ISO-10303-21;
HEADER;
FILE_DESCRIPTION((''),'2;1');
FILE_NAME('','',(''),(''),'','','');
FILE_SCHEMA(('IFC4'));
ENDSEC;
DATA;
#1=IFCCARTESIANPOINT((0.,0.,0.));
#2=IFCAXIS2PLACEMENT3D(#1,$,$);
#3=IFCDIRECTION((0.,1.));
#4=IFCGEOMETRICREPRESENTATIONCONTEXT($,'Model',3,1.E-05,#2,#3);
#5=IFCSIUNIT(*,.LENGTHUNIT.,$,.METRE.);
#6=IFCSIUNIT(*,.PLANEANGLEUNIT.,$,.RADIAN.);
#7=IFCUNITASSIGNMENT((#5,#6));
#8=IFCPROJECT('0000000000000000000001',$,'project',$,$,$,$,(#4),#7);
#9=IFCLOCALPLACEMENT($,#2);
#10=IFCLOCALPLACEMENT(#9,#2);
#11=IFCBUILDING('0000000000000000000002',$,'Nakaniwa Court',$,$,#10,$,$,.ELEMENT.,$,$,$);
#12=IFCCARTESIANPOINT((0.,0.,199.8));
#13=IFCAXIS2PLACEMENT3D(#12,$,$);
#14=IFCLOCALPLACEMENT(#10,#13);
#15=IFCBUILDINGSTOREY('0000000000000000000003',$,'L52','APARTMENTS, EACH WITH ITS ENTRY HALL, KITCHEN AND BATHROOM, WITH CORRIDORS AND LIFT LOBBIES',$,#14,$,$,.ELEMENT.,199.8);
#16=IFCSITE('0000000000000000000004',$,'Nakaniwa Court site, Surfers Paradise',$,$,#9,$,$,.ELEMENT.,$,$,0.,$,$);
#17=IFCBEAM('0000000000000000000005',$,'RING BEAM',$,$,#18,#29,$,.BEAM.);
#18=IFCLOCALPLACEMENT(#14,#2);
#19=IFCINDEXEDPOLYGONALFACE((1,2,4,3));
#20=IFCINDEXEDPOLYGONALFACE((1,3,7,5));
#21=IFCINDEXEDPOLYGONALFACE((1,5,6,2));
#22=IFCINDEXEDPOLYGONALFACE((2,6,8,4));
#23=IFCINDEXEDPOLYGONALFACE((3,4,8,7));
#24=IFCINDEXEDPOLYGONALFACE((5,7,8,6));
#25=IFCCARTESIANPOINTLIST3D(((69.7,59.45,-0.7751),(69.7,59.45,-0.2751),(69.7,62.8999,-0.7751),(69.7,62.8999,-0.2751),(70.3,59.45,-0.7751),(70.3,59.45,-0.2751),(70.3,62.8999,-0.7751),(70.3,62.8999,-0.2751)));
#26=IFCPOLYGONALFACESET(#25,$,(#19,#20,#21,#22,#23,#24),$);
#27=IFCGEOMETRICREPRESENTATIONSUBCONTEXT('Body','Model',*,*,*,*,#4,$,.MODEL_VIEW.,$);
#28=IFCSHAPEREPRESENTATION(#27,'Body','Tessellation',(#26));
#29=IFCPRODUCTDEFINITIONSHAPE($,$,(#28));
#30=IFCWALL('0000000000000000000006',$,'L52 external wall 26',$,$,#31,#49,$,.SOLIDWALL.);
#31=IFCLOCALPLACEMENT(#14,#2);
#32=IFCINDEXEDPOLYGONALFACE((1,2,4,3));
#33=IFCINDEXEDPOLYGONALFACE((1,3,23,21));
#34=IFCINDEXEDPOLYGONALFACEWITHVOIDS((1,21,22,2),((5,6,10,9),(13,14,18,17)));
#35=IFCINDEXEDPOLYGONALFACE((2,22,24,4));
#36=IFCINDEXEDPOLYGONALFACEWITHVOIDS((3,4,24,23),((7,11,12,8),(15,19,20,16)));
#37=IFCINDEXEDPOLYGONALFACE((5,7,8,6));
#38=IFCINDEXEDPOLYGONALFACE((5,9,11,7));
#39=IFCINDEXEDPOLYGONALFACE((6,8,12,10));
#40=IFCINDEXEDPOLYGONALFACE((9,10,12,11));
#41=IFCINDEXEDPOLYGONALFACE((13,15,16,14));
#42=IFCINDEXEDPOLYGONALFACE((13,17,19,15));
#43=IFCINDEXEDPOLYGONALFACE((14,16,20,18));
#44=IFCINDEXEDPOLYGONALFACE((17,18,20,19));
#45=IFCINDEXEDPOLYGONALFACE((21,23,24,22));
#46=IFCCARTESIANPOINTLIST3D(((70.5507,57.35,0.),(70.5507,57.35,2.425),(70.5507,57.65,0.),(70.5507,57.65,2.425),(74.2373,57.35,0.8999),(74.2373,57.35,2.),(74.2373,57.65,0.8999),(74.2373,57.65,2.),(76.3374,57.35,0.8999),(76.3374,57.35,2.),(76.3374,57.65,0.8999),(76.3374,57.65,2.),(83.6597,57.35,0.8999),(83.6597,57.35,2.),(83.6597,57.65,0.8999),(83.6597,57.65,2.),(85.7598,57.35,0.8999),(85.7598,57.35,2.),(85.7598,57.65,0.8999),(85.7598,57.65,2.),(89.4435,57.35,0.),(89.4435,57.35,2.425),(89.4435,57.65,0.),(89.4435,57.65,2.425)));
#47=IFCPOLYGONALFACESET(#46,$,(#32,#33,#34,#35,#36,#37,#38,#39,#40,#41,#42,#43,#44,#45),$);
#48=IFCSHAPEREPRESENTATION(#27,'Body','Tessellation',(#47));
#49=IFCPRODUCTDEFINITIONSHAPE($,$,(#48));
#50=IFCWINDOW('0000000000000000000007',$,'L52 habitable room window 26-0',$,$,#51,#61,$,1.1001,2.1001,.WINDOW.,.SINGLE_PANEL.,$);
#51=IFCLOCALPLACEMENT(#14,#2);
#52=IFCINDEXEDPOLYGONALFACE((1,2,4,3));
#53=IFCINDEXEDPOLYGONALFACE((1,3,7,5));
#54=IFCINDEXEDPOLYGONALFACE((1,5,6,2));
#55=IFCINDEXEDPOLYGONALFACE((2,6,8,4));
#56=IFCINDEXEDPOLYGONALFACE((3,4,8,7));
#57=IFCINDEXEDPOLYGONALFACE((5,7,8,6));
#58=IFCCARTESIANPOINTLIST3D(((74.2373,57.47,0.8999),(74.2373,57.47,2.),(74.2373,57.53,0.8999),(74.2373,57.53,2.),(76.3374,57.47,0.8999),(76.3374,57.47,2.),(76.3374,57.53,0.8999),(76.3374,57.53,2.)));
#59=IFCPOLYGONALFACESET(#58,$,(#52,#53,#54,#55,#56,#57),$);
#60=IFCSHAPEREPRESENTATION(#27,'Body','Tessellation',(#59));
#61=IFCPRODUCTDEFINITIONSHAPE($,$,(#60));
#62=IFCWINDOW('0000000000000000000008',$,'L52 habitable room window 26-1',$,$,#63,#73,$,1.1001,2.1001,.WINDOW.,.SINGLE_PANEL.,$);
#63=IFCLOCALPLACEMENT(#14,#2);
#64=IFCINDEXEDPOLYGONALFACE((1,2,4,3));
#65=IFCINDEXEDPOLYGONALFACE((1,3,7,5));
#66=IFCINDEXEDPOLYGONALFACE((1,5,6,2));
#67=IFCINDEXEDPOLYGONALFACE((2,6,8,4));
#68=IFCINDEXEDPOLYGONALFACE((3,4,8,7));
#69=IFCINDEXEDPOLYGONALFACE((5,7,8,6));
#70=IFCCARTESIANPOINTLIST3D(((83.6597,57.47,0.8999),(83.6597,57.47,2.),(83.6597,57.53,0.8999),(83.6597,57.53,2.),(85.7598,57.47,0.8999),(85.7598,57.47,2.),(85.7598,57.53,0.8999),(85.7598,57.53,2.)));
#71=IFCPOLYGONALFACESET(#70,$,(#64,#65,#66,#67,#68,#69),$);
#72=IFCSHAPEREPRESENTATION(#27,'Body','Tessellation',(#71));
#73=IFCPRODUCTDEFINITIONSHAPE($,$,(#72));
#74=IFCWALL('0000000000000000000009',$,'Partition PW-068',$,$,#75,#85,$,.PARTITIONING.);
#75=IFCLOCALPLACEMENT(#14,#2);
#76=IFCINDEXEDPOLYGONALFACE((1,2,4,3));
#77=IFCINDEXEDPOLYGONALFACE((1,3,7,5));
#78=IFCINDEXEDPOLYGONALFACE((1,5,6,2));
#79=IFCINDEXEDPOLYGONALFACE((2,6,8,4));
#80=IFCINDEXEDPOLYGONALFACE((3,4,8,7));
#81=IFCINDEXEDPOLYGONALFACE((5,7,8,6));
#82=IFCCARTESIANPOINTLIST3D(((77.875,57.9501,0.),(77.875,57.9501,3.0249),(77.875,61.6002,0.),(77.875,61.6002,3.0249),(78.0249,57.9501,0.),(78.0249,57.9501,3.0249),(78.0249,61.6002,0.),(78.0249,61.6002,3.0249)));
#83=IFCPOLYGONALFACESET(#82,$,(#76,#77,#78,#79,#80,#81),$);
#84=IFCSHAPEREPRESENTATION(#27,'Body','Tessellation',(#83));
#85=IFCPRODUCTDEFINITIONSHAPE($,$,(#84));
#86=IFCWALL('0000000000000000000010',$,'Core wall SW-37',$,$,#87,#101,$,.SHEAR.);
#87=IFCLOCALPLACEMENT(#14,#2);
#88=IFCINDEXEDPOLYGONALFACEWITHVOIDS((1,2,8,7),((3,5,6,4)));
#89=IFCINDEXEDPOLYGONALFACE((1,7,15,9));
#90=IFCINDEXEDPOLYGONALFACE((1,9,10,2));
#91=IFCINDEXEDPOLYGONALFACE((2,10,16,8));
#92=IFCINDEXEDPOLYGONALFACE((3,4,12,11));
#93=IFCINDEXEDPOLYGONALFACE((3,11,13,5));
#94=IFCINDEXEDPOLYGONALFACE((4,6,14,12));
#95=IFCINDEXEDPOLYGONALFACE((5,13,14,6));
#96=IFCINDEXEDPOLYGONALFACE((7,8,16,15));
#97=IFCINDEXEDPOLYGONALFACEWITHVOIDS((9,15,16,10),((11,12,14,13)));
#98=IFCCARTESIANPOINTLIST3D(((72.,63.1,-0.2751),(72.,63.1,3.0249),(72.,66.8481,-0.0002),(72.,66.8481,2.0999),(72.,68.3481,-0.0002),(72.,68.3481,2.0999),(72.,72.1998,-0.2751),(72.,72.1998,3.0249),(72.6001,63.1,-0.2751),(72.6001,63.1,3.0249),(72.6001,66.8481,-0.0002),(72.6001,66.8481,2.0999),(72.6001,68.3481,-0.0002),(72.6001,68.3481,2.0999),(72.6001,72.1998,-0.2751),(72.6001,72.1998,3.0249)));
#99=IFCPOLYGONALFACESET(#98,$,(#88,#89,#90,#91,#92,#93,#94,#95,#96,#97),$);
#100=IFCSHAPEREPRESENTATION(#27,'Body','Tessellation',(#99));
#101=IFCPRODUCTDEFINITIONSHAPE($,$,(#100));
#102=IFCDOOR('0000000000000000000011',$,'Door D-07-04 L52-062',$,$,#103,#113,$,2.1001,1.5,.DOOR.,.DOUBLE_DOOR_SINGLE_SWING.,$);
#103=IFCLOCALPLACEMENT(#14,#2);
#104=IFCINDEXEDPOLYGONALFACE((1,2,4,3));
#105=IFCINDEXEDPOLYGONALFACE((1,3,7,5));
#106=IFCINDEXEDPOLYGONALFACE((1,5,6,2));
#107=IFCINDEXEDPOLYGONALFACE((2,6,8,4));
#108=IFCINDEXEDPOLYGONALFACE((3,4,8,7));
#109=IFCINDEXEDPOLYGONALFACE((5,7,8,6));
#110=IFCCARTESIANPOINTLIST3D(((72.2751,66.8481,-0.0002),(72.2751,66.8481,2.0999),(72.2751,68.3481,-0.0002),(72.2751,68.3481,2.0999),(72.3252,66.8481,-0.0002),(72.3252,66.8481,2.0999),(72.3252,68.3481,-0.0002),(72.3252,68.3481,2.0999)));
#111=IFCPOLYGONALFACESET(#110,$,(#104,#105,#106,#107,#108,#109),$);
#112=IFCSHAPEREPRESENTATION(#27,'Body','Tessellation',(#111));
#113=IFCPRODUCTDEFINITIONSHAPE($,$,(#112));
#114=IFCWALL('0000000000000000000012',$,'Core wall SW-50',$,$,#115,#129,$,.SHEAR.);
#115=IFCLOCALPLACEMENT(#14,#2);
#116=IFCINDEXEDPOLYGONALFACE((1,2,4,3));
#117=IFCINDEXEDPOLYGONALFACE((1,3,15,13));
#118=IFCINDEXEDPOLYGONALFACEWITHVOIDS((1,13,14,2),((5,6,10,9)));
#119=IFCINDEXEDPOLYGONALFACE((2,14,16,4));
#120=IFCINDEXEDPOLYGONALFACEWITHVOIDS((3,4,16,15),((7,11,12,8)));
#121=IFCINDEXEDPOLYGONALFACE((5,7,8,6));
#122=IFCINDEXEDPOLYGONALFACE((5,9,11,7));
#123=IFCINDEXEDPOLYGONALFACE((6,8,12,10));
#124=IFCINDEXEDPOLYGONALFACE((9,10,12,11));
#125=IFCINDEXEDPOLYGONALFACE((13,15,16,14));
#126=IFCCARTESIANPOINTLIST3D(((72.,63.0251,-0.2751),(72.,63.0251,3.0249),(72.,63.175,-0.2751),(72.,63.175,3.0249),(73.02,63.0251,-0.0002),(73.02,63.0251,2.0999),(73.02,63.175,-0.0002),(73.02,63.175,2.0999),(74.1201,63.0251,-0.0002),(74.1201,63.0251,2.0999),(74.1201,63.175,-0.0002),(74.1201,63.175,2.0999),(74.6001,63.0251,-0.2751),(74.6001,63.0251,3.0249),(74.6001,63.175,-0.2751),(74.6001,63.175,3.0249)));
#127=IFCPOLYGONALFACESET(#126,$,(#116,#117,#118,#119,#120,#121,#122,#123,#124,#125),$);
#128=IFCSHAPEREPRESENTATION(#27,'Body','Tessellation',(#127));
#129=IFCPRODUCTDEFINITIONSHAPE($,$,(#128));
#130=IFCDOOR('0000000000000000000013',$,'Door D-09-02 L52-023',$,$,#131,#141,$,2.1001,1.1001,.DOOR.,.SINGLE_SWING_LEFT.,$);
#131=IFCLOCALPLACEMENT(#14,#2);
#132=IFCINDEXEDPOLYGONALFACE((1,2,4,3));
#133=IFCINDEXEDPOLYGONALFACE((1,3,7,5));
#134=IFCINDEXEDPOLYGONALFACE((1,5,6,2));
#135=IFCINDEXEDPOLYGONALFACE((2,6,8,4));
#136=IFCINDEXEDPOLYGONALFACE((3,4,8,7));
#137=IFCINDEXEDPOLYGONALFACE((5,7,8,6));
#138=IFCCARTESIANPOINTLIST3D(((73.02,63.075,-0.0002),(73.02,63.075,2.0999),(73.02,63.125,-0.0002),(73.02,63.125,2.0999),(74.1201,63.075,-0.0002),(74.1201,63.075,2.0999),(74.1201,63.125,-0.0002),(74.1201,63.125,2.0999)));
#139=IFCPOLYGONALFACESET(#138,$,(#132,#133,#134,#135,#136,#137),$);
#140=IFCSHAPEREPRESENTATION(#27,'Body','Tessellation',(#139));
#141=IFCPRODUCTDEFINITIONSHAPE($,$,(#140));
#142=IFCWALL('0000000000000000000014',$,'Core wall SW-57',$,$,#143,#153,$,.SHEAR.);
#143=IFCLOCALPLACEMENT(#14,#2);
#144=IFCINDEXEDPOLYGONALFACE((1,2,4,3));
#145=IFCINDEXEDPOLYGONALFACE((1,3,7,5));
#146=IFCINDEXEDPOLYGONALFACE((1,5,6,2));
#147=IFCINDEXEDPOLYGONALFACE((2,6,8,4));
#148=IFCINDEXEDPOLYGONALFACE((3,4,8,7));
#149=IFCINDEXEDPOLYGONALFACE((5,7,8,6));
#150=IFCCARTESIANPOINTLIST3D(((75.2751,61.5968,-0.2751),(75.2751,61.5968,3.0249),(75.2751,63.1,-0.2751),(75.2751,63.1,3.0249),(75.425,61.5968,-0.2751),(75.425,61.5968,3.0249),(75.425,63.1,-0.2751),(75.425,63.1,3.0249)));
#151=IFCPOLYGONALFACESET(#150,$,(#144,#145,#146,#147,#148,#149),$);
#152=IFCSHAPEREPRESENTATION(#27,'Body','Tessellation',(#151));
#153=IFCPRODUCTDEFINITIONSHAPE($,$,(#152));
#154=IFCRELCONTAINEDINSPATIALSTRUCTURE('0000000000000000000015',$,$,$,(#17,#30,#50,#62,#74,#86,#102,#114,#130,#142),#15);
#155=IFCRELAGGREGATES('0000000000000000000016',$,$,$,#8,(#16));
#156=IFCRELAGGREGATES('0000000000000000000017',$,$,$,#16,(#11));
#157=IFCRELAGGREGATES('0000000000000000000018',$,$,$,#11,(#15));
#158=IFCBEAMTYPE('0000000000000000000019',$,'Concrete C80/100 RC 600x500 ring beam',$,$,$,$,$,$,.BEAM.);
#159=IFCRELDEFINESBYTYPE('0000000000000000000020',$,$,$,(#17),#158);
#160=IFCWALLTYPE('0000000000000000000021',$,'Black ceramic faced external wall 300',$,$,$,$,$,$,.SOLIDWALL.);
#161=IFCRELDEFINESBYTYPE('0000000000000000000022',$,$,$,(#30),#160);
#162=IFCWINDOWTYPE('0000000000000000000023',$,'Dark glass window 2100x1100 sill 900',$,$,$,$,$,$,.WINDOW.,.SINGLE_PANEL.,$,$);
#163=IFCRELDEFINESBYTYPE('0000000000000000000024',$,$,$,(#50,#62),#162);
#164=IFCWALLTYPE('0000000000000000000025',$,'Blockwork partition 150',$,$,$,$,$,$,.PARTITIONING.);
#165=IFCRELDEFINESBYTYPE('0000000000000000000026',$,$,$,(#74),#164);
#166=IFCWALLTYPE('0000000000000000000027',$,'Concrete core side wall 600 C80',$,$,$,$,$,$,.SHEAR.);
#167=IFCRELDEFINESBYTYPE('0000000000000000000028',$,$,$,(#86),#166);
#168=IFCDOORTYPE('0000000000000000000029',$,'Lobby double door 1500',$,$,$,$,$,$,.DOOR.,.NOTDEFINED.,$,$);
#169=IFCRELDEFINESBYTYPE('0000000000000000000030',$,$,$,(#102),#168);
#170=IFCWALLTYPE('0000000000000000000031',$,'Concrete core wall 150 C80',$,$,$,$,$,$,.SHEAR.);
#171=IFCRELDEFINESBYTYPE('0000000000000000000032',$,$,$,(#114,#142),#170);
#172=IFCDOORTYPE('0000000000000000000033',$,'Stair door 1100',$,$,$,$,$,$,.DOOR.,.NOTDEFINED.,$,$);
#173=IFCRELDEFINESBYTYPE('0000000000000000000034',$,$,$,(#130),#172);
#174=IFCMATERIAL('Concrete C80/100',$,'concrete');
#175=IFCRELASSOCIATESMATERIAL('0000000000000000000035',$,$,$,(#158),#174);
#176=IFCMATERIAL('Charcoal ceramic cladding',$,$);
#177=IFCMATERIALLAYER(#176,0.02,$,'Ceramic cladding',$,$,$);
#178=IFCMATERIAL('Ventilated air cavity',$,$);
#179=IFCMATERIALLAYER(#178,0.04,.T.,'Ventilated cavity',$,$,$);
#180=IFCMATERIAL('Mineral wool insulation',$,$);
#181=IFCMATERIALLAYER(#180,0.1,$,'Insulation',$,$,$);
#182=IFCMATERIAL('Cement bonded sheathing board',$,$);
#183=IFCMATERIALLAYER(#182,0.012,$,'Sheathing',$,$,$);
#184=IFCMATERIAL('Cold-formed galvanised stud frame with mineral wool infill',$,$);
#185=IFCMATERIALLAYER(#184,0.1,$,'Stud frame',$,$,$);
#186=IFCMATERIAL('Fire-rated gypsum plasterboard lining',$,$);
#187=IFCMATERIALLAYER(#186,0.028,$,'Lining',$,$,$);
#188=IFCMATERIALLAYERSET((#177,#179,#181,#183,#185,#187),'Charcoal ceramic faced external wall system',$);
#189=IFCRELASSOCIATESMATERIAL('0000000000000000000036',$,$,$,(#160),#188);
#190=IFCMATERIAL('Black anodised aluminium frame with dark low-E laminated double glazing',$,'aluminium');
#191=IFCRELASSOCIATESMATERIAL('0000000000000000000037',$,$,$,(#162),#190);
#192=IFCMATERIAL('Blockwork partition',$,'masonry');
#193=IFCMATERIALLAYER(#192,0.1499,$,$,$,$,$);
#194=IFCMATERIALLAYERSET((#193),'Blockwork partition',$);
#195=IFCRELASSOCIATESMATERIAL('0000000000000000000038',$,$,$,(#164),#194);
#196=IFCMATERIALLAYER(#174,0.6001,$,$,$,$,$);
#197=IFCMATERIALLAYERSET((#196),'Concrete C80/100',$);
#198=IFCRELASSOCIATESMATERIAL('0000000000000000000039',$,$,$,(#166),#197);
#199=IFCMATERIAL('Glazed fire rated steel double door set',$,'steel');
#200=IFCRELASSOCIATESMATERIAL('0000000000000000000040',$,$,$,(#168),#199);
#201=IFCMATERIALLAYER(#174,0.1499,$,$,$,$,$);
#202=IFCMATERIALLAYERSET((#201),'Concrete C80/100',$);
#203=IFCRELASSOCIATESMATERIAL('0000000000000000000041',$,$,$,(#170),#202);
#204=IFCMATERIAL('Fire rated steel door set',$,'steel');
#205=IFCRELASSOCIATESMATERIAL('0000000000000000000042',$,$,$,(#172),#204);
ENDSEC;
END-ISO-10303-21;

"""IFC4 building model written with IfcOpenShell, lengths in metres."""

from ifc_helpers import new_model, si_unit, direction, frame, frame_2d, origin, origin_2d, place, context, subcontext, project, spatial, rectangle, extrude, material, layer, layer_set, material_profile, profile_set, type_object, element, fill, save


model = new_model("IFC4")

# Units and contexts
model_context = context("Model", 3, precision=1e-05, world=origin(), true_north=direction((0.0, 1.0)))
body_context = subcontext(model_context, "Body", "Model", "MODEL_VIEW")
ifc_project = project(units=[si_unit("LENGTHUNIT", "METRE"), si_unit("PLANEANGLEUNIT", "RADIAN")], contexts=[model_context])

# Site, building, storey
site_placement = place(None, origin())
site = spatial("IfcSite", under=ifc_project, at=site_placement, Name="Nakaniwa Court site, Surfers Paradise", CompositionType="ELEMENT", RefElevation=0.0)
building_placement = place(site_placement, origin())
building = spatial("IfcBuilding", under=site, at=building_placement, Name="Nakaniwa Court", CompositionType="ELEMENT")
storey_placement = place(building_placement, frame((0.0, 0.0, 199.8)))
storey = spatial("IfcBuildingStorey", under=building, at=storey_placement, Name="L52", Description="APARTMENTS, EACH WITH ITS ENTRY HALL, KITCHEN AND BATHROOM, WITH CORRIDORS AND LIFT LOBBIES", CompositionType="ELEMENT", Elevation=199.8)

# Beam
ifc_material_1 = material(Name="Concrete C80/100", Category="concrete")
ifc_material_profile_1 = material_profile(ifc_material_1, rectangle(XDim=0.6001, YDim=0.5, at=origin_2d()), Name="Concrete C80/100 RC 600x500 ring beam")
ifc_profile_set_1 = profile_set([ifc_material_profile_1], Name="Concrete C80/100")
beam_type = type_object("IfcBeamType", Name="Concrete C80/100 RC 600x500 ring beam", PredefinedType="BEAM", material=ifc_profile_set_1)
beam_placement = place(storey_placement, frame((70.0, 62.8999, -0.5251), z_axis=(0.0, -1.0, 0.0), x_axis=(1.0, 0.0, 0.0)))
element("IfcBeam", 1, at=beam_placement, inside=storey, type_object=beam_type, Name="RING BEAM", PredefinedType="BEAM", context=body_context, shape_type="SweptSolid", body=[
    extrude(rectangle(XDim=0.6001, YDim=0.5, at=origin_2d()), origin(), (0.0, 0.0, 1.0), 3.45),
])

# Wall, openings, windows
ifc_material_2 = material(Name="Charcoal ceramic cladding")
ifc_layer_1 = layer(ifc_material_2, 0.02, Name="Ceramic cladding")
ifc_material_3 = material(Name="Ventilated air cavity")
ifc_layer_2 = layer(ifc_material_3, 0.04, ventilated=True, Name="Ventilated cavity")
ifc_material_4 = material(Name="Mineral wool insulation")
ifc_layer_3 = layer(ifc_material_4, 0.1, Name="Insulation")
ifc_material_5 = material(Name="Cement bonded sheathing board")
ifc_layer_4 = layer(ifc_material_5, 0.012, Name="Sheathing")
ifc_material_6 = material(Name="Cold-formed galvanised stud frame with mineral wool infill")
ifc_layer_5 = layer(ifc_material_6, 0.1, Name="Stud frame")
ifc_material_7 = material(Name="Fire-rated gypsum plasterboard lining")
ifc_layer_6 = layer(ifc_material_7, 0.028, Name="Lining")
ifc_layer_set_1 = layer_set([ifc_layer_1, ifc_layer_2, ifc_layer_3, ifc_layer_4, ifc_layer_5, ifc_layer_6], Name="Charcoal ceramic faced external wall system")
wall_type_1 = type_object("IfcWallType", Name="Black ceramic faced external wall 300", PredefinedType="SOLIDWALL", material=ifc_layer_set_1)
wall_1_placement = place(storey_placement, frame((70.5508, 57.5, 0.0), z_axis=(0.0, 0.0, 1.0), x_axis=(1.0, 0.0, 0.0)))
wall_1 = element("IfcWall", 2, at=wall_1_placement, inside=storey, type_object=wall_type_1, Name="L52 external wall 26", PredefinedType="SOLIDWALL", context=body_context, shape_type="SweptSolid", body=[
    extrude(rectangle(XDim=18.8928, YDim=0.3, at=frame_2d((9.4463, 0.0))), origin(), (0.0, 0.0, 1.0), 2.425),
])
opening_1_placement = place(wall_1_placement, frame((3.6865, 0.0, 0.8999)))
opening_1 = element("IfcOpeningElement", 3, at=opening_1_placement, cuts=wall_1, PredefinedType="OPENING", context=body_context, shape_type="SweptSolid", body=[
    extrude(rectangle(XDim=2.1001, YDim=1.1001, at=frame_2d((1.05, 0.55))), frame((0.0, 0.1599, 0.0), z_axis=(0.0, -1.0, 0.0), x_axis=(1.0, 0.0, 0.0)), (0.0, 0.0, 1.0), 0.3201),
])
opening_2_placement = place(wall_1_placement, frame((13.1089, 0.0, 0.8999)))
opening_2 = element("IfcOpeningElement", 4, at=opening_2_placement, cuts=wall_1, PredefinedType="OPENING", context=body_context, shape_type="SweptSolid", body=[
    extrude(rectangle(XDim=2.1001, YDim=1.1001, at=frame_2d((1.05, 0.55))), frame((0.0, 0.1599, 0.0), z_axis=(0.0, -1.0, 0.0), x_axis=(1.0, 0.0, 0.0)), (0.0, 0.0, 1.0), 0.3201),
])
ifc_material_8 = material(Name="Black anodised aluminium frame with dark low-E laminated double glazing", Category="aluminium")
window_type = type_object("IfcWindowType", Name="Dark glass window 2100x1100 sill 900", PartitioningType="SINGLE_PANEL", PredefinedType="WINDOW", material=ifc_material_8)
window_1_placement = place(opening_1_placement, origin())
window_1 = element("IfcWindow", 5, at=window_1_placement, inside=storey, type_object=window_type, Name="L52 habitable room window 26-0", OverallHeight=1.1001, OverallWidth=2.1001, PartitioningType="SINGLE_PANEL", PredefinedType="WINDOW", context=body_context, shape_type="SweptSolid", body=[
    extrude(rectangle(XDim=2.1001, YDim=1.1001, at=frame_2d((1.05, 0.55))), frame((0.0, 0.03, 0.0), z_axis=(0.0, -1.0, 0.0), x_axis=(1.0, 0.0, 0.0)), (0.0, 0.0, 1.0), 0.0601),
])
fill(opening_1, window_1)
window_2_placement = place(opening_2_placement, origin())
window_2 = element("IfcWindow", 6, at=window_2_placement, inside=storey, type_object=window_type, Name="L52 habitable room window 26-1", OverallHeight=1.1001, OverallWidth=2.1001, PartitioningType="SINGLE_PANEL", PredefinedType="WINDOW", context=body_context, shape_type="SweptSolid", body=[
    extrude(rectangle(XDim=2.1001, YDim=1.1001, at=frame_2d((1.05, 0.55))), frame((0.0, 0.03, 0.0), z_axis=(0.0, -1.0, 0.0), x_axis=(1.0, 0.0, 0.0)), (0.0, 0.0, 1.0), 0.0601),
])
fill(opening_2, window_2)

# Wall
ifc_material_9 = material(Name="Blockwork partition", Category="masonry")
ifc_layer_7 = layer(ifc_material_9, 0.1499)
ifc_layer_set_2 = layer_set([ifc_layer_7], Name="Blockwork partition")
wall_type_2 = type_object("IfcWallType", Name="Blockwork partition 150", PredefinedType="PARTITIONING", material=ifc_layer_set_2)
wall_2_placement = place(storey_placement, frame((77.95, 57.95, 0.0), z_axis=(0.0, 0.0, 1.0), x_axis=(0.0, 1.0, 0.0)))
element("IfcWall", 7, at=wall_2_placement, inside=storey, type_object=wall_type_2, Name="Partition PW-068", PredefinedType="PARTITIONING", context=body_context, shape_type="SweptSolid", body=[
    extrude(rectangle(XDim=3.6501, YDim=0.1499, at=frame_2d((1.8252, 0.0))), origin(), (0.0, 0.0, 1.0), 3.0249),
])

# Walls, openings, doors
ifc_layer_8 = layer(ifc_material_1, 0.6001)
ifc_layer_set_3 = layer_set([ifc_layer_8], Name="Concrete C80/100")
wall_type_3 = type_object("IfcWallType", Name="Concrete core side wall 600 C80", PredefinedType="SHEAR", material=ifc_layer_set_3)
wall_3_placement = place(storey_placement, frame((72.3, 63.1001, -0.2751), z_axis=(0.0, 0.0, 1.0), x_axis=(0.0, 1.0, 0.0)))
wall_3 = element("IfcWall", 8, at=wall_3_placement, inside=storey, type_object=wall_type_3, Name="Core wall SW-37", PredefinedType="SHEAR", context=body_context, shape_type="SweptSolid", body=[
    extrude(rectangle(XDim=9.0999, YDim=0.6001, at=frame_2d((4.5498, 0.0))), origin(), (0.0, 0.0, 1.0), 3.3),
])
opening_3_placement = place(wall_3_placement, frame((3.748, 0.0, 0.2749)))
opening_3 = element("IfcOpeningElement", 9, at=opening_3_placement, cuts=wall_3, PredefinedType="OPENING", context=body_context, shape_type="SweptSolid", body=[
    extrude(rectangle(XDim=1.5, YDim=2.1001, at=frame_2d((0.75, 1.05))), frame((0.0, 0.3101, 0.0), z_axis=(0.0, -1.0, 0.0), x_axis=(1.0, 0.0, 0.0)), (0.0, 0.0, 1.0), 0.6201),
])
ifc_material_10 = material(Name="Glazed fire rated steel double door set", Category="steel")
door_type_1 = type_object("IfcDoorType", Name="Lobby double door 1500", OperationType="NOTDEFINED", PredefinedType="DOOR", material=ifc_material_10)
door_1_placement = place(opening_3_placement, origin())
door_1 = element("IfcDoor", 10, at=door_1_placement, inside=storey, type_object=door_type_1, Name="Door D-07-04 L52-062", OperationType="DOUBLE_DOOR_SINGLE_SWING", OverallHeight=2.1001, OverallWidth=1.5, PredefinedType="DOOR", context=body_context, shape_type="SweptSolid", body=[
    extrude(rectangle(XDim=1.5, YDim=2.1001, at=frame_2d((0.75, 1.05))), frame((0.0, 0.0249, 0.0), z_axis=(0.0, -1.0, 0.0), x_axis=(1.0, 0.0, 0.0)), (0.0, 0.0, 1.0), 0.05),
])
fill(opening_3, door_1)
ifc_layer_9 = layer(ifc_material_1, 0.1499)
ifc_layer_set_4 = layer_set([ifc_layer_9], Name="Concrete C80/100")
wall_type_4 = type_object("IfcWallType", Name="Concrete core wall 150 C80", PredefinedType="SHEAR", material=ifc_layer_set_4)
wall_4_placement = place(storey_placement, frame((72.0, 63.1001, -0.2751), z_axis=(0.0, 0.0, 1.0), x_axis=(1.0, 0.0, 0.0)))
wall_4 = element("IfcWall", 11, at=wall_4_placement, inside=storey, type_object=wall_type_4, Name="Core wall SW-50", PredefinedType="SHEAR", context=body_context, shape_type="SweptSolid", body=[
    extrude(rectangle(XDim=2.6001, YDim=0.1499, at=frame_2d((1.3, 0.0))), origin(), (0.0, 0.0, 1.0), 3.3),
])
opening_4_placement = place(wall_4_placement, frame((1.02, 0.0, 0.2749)))
opening_4 = element("IfcOpeningElement", 12, at=opening_4_placement, cuts=wall_4, PredefinedType="OPENING", context=body_context, shape_type="SweptSolid", body=[
    extrude(rectangle(XDim=1.1001, YDim=2.1001, at=frame_2d((0.55, 1.05))), frame((0.0, 0.085, 0.0), z_axis=(0.0, -1.0, 0.0), x_axis=(1.0, 0.0, 0.0)), (0.0, 0.0, 1.0), 0.1699),
])
ifc_material_11 = material(Name="Fire rated steel door set", Category="steel")
door_type_2 = type_object("IfcDoorType", Name="Stair door 1100", OperationType="NOTDEFINED", PredefinedType="DOOR", material=ifc_material_11)
door_2_placement = place(opening_4_placement, origin())
door_2 = element("IfcDoor", 13, at=door_2_placement, inside=storey, type_object=door_type_2, Name="Door D-09-02 L52-023", OperationType="SINGLE_SWING_LEFT", OverallHeight=2.1001, OverallWidth=1.1001, PredefinedType="DOOR", context=body_context, shape_type="SweptSolid", body=[
    extrude(rectangle(XDim=1.1001, YDim=2.1001, at=frame_2d((0.55, 1.05))), frame((0.0, 0.0249, 0.0), z_axis=(0.0, -1.0, 0.0), x_axis=(1.0, 0.0, 0.0)), (0.0, 0.0, 1.0), 0.05),
])
fill(opening_4, door_2)

# Wall
wall_5_placement = place(storey_placement, frame((75.3501, 61.5969, -0.2751), z_axis=(0.0, 0.0, 1.0), x_axis=(0.0, 1.0, 0.0)))
element("IfcWall", 14, at=wall_5_placement, inside=storey, type_object=wall_type_4, Name="Core wall SW-57", PredefinedType="SHEAR", context=body_context, shape_type="SweptSolid", body=[
    extrude(rectangle(XDim=1.5032, YDim=0.1499, at=frame_2d((0.7515, 0.0))), origin(), (0.0, 0.0, 1.0), 3.3),
])

save(model, "model.ifc")
